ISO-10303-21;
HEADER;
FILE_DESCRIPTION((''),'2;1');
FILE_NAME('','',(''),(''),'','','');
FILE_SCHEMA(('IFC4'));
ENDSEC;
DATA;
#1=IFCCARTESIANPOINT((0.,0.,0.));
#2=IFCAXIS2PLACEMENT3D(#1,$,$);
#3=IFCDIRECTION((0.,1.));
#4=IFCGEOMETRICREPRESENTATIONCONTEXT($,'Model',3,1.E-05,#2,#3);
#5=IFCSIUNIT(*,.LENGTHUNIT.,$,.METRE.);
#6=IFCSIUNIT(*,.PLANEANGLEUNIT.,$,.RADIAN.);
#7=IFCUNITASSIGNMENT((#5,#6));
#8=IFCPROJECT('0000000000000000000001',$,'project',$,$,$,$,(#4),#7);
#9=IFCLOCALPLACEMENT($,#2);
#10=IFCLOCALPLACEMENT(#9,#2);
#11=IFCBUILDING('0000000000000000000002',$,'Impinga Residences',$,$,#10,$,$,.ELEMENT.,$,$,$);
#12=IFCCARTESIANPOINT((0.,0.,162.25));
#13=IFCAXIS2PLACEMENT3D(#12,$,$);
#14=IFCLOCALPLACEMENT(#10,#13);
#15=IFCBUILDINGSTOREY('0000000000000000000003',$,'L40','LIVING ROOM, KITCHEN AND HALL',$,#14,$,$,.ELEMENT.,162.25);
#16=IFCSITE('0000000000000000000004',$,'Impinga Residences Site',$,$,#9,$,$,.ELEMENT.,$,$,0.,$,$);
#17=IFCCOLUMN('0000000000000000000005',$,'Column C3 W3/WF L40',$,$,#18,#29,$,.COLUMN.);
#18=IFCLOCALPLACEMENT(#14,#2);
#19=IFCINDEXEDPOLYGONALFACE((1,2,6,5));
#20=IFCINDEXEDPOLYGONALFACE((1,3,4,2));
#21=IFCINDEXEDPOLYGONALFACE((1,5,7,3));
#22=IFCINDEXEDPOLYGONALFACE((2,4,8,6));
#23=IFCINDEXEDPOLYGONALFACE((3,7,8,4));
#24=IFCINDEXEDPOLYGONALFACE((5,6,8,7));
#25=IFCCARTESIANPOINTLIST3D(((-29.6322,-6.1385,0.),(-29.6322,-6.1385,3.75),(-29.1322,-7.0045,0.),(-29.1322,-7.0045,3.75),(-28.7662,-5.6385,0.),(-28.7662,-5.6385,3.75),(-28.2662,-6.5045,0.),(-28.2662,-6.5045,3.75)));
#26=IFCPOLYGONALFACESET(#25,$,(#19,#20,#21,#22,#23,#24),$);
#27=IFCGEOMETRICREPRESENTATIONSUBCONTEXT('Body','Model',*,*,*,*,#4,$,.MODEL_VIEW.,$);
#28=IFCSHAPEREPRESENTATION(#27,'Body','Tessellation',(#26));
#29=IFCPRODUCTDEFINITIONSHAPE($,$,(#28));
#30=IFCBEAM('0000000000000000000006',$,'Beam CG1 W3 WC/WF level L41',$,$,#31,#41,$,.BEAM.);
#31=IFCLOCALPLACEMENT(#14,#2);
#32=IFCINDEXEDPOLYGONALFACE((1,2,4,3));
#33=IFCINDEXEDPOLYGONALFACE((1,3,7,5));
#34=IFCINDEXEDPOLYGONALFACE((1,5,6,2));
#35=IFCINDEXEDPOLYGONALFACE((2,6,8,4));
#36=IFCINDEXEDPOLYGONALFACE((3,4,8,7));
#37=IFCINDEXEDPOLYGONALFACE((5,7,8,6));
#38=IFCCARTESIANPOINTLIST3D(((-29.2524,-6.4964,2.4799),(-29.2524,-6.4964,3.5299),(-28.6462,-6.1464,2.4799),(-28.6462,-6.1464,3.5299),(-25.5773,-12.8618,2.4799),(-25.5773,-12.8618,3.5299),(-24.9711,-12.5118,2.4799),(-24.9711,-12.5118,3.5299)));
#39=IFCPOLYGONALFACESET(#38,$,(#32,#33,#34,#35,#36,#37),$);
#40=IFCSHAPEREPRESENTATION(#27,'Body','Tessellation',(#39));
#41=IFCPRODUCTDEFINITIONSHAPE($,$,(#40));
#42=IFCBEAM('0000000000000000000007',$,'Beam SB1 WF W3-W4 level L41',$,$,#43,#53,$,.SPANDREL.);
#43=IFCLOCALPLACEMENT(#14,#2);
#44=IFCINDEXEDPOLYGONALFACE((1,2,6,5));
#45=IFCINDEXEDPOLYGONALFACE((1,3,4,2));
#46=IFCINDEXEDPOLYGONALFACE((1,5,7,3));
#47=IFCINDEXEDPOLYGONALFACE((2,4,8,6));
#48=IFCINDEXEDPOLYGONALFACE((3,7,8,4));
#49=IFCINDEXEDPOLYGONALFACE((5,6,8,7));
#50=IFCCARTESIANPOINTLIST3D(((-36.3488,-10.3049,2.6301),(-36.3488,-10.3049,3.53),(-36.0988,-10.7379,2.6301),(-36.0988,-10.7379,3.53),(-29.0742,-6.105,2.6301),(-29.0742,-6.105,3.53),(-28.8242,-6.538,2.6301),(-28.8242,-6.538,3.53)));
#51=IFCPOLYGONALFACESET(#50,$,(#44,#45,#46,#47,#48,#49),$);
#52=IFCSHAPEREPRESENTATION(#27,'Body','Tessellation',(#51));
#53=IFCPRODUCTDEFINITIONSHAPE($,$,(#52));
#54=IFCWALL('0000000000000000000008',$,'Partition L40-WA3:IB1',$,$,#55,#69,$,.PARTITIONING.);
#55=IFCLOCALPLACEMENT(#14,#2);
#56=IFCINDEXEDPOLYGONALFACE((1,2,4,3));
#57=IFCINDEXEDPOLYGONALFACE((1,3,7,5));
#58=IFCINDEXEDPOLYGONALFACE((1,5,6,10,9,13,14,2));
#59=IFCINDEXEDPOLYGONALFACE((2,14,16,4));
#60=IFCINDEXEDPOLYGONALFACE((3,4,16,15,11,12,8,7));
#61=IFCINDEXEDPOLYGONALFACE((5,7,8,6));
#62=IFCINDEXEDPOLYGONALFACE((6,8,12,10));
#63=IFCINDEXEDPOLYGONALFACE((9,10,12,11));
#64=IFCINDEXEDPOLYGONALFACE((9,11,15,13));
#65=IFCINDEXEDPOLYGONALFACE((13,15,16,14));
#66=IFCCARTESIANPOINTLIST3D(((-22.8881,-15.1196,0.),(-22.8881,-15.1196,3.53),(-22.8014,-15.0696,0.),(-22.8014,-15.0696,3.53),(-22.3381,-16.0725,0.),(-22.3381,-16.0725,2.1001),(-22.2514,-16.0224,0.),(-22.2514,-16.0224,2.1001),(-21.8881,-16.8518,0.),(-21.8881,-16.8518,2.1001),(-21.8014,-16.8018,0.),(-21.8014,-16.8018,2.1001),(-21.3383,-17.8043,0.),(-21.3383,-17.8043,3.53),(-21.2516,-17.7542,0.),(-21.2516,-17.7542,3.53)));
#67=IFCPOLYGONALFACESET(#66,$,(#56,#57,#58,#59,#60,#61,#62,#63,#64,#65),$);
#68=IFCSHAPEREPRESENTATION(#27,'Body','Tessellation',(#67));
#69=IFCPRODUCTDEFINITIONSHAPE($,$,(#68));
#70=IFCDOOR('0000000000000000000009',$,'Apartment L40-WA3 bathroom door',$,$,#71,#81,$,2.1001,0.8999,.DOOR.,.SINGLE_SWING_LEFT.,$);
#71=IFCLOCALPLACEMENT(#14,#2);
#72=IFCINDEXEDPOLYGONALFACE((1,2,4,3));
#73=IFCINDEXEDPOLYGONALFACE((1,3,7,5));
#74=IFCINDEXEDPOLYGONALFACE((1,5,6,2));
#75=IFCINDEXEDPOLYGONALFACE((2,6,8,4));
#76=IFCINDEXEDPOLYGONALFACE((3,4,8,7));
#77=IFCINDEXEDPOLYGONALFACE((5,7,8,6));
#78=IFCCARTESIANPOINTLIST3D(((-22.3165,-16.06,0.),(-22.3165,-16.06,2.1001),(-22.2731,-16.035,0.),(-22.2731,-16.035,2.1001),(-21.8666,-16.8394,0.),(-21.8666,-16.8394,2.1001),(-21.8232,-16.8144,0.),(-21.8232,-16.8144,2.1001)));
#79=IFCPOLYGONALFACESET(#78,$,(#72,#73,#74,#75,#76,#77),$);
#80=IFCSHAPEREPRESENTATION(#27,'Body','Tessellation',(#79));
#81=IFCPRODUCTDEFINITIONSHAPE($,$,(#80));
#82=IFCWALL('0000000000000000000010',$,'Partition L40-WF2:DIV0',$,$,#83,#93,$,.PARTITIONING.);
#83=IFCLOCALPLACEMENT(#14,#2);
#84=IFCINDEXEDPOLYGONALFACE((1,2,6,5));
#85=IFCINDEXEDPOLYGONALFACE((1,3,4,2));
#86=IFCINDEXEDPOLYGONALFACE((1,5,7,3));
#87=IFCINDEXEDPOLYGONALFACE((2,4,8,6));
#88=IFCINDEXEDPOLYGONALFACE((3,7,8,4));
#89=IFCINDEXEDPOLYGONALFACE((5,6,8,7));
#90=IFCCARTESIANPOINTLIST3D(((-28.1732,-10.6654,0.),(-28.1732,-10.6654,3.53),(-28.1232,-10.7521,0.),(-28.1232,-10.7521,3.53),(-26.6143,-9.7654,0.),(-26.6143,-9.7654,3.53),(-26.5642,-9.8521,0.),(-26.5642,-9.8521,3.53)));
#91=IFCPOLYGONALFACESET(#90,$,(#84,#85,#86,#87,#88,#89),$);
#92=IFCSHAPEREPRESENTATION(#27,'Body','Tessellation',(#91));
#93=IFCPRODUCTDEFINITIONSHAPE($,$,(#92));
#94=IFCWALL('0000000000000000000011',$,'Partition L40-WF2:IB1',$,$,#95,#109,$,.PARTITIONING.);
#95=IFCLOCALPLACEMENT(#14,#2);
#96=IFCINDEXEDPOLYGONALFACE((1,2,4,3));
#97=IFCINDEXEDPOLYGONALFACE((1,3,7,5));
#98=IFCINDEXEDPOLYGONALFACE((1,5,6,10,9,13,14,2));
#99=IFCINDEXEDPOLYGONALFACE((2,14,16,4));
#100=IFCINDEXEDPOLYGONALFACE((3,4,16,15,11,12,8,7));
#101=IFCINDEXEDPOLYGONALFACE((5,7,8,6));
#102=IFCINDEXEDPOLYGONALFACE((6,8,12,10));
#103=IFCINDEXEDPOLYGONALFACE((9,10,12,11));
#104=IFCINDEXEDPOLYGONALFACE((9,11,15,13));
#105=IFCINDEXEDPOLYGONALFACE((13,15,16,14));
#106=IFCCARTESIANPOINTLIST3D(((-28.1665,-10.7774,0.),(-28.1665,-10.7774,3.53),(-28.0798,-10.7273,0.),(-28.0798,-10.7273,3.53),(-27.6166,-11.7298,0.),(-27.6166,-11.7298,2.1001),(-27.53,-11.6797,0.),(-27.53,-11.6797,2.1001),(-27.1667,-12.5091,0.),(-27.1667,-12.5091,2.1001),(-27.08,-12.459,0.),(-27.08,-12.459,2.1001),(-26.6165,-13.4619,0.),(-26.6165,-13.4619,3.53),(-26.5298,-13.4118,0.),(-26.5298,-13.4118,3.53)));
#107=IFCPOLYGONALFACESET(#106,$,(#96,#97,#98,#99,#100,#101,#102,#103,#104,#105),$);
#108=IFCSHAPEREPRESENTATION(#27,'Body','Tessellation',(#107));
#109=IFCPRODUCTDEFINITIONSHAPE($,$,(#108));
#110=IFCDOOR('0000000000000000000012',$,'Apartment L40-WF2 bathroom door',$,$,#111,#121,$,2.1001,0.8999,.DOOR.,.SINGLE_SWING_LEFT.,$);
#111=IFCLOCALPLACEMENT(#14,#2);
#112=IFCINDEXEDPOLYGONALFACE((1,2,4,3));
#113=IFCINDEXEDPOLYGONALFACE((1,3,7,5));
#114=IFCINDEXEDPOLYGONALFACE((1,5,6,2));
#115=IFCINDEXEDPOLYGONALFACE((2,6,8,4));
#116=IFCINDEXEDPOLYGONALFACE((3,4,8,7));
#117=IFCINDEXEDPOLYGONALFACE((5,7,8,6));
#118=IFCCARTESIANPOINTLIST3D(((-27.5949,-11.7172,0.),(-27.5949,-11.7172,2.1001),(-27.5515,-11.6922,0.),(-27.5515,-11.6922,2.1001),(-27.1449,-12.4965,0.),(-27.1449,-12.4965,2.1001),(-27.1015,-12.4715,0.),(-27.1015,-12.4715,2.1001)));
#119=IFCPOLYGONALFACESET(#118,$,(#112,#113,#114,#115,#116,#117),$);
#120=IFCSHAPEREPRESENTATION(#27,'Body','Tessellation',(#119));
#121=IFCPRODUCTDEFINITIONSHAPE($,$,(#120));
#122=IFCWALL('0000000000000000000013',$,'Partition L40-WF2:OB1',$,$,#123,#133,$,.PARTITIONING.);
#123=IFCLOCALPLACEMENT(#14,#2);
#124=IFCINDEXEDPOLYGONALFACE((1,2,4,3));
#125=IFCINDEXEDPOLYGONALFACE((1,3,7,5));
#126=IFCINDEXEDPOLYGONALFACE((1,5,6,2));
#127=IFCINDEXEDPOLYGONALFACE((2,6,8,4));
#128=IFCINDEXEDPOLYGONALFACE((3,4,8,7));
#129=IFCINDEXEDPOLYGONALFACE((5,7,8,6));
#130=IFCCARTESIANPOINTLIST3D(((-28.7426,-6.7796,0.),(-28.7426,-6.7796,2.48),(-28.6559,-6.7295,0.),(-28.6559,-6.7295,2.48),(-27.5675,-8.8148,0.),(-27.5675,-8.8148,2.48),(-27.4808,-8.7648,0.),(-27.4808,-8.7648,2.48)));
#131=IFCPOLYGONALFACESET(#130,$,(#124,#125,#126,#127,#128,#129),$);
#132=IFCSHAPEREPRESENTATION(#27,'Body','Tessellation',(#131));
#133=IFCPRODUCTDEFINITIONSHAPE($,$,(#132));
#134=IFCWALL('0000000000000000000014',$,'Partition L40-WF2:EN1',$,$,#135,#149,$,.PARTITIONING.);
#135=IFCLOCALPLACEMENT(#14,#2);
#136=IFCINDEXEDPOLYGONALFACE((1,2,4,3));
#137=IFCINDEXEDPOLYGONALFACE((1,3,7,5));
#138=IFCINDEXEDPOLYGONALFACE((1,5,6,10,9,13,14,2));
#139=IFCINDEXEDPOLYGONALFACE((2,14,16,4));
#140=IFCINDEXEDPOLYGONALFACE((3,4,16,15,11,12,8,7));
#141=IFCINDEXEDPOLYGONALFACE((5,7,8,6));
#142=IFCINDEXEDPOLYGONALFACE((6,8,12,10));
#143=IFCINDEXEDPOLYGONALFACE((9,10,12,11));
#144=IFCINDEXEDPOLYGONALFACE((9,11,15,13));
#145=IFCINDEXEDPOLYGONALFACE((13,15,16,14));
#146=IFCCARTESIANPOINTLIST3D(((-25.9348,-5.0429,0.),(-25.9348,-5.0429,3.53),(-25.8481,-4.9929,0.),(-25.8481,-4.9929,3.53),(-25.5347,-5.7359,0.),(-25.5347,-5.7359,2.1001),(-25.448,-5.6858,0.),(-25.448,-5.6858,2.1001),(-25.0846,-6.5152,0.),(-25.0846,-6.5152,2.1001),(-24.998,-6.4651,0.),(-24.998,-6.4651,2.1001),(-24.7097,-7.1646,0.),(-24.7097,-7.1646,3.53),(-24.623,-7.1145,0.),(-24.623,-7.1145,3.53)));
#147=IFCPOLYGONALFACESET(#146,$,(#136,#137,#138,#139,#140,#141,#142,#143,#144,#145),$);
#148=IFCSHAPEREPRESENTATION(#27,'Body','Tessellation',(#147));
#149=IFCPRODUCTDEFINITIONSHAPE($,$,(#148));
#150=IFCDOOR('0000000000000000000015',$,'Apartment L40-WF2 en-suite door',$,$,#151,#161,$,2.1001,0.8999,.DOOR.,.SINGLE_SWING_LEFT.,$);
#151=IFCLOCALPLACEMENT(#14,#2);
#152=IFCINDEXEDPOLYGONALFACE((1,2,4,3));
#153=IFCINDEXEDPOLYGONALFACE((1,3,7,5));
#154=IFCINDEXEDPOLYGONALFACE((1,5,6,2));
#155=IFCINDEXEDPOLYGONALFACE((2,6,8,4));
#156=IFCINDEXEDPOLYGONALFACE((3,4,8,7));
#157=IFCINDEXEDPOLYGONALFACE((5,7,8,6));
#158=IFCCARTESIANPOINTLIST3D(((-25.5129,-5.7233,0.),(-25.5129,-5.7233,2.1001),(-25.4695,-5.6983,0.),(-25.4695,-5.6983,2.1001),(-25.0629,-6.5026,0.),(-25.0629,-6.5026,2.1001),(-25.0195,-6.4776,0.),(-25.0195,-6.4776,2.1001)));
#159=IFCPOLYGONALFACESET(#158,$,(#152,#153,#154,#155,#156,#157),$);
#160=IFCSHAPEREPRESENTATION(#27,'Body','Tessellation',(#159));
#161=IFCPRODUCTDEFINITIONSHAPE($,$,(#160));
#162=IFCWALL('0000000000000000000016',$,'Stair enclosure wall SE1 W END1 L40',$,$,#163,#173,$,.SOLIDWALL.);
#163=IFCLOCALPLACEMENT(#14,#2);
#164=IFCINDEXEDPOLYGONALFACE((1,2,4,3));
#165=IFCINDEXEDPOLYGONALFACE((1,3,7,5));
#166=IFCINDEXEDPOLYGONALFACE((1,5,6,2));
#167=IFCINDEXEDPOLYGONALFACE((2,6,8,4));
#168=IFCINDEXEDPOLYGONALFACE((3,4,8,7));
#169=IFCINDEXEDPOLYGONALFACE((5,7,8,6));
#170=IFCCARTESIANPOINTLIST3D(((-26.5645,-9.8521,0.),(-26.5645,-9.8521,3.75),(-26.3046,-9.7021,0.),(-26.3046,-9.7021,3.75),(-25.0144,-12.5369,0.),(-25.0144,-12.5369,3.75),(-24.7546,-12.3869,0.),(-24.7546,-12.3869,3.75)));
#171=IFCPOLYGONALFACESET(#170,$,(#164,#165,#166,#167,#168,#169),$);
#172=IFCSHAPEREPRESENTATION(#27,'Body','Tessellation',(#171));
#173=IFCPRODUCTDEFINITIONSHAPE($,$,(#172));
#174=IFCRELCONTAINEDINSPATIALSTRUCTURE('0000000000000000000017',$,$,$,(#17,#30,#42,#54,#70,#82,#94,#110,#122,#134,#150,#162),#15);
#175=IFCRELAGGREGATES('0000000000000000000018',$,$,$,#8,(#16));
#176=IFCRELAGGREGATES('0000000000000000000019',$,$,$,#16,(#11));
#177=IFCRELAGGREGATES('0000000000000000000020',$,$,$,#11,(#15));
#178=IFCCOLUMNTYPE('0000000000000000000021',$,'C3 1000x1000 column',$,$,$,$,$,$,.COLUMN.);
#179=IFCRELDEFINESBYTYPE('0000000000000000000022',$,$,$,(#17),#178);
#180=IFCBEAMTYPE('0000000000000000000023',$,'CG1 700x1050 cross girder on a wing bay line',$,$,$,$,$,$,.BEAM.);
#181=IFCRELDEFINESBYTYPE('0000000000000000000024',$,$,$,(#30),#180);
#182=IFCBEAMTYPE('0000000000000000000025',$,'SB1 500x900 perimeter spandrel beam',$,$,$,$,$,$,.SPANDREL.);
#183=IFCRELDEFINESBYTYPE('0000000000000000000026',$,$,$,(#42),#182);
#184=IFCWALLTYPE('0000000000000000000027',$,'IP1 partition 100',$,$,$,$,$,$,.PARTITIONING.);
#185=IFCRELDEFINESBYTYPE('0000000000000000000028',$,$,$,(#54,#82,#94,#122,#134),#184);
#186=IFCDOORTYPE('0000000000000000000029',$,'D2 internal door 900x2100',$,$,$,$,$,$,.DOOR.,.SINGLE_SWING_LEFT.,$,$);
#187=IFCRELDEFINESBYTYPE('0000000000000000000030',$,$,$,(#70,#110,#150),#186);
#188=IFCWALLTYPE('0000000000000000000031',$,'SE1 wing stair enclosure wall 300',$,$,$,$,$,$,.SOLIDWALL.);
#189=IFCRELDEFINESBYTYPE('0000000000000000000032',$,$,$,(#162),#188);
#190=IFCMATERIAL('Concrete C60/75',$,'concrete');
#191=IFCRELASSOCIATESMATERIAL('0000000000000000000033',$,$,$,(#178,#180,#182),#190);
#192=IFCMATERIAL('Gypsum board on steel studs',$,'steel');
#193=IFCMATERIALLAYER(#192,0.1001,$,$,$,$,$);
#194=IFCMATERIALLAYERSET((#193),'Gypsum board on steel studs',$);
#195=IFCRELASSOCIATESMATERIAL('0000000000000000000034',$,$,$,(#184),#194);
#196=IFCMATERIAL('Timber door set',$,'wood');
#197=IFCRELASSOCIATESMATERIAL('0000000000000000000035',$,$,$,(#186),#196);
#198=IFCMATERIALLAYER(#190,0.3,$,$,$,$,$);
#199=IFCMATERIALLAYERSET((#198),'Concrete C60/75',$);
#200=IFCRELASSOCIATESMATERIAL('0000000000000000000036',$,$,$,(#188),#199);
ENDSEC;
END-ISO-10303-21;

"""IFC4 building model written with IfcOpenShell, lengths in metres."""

from ifc_helpers import new_model, si_unit, direction, frame, frame_2d, origin, origin_2d, place, context, subcontext, project, spatial, rectangle, extrude, material, layer, layer_set, material_profile, profile_set, type_object, element, fill, save


model = new_model("IFC4")

# Units and contexts
model_context = context("Model", 3, precision=1e-05, world=origin(), true_north=direction((0.0, 1.0)))
body_context = subcontext(model_context, "Body", "Model", "MODEL_VIEW")
ifc_project = project(units=[si_unit("LENGTHUNIT", "METRE"), si_unit("PLANEANGLEUNIT", "RADIAN")], contexts=[model_context])

# Site, building, storey
site_placement = place(None, origin())
site = spatial("IfcSite", under=ifc_project, at=site_placement, Name="Impinga Residences Site", CompositionType="ELEMENT", RefElevation=0.0)
building_placement = place(site_placement, origin())
building = spatial("IfcBuilding", under=site, at=building_placement, Name="Impinga Residences", CompositionType="ELEMENT")
storey_placement = place(building_placement, frame((0.0, 0.0, 162.25)))
storey = spatial("IfcBuildingStorey", under=building, at=storey_placement, Name="L40", Description="LIVING ROOM, KITCHEN AND HALL", CompositionType="ELEMENT", Elevation=162.25)

# Column
ifc_material_1 = material(Name="Concrete C60/75", Category="concrete")
ifc_material_profile_1 = material_profile(ifc_material_1, rectangle(XDim=1.0, YDim=1.0, at=origin_2d()), Name="RC 1000x1000")
ifc_profile_set_1 = profile_set([ifc_material_profile_1], Name="Concrete C60/75")
column_type = type_object("IfcColumnType", Name="C3 1000x1000 column", PredefinedType="COLUMN", material=ifc_profile_set_1)
column_placement = place(storey_placement, frame((-28.9492, -6.3215, 0.0), z_axis=(0.0, 0.0, 1.0), x_axis=(-0.5, 0.866025, 0.0)))
element("IfcColumn", 1, at=column_placement, inside=storey, type_object=column_type, Name="Column C3 W3/WF L40", PredefinedType="COLUMN", context=body_context, shape_type="SweptSolid", body=[
    extrude(rectangle(XDim=1.0, YDim=1.0, at=origin_2d()), origin(), (0.0, 0.0, 1.0), 3.75),
])

# Beams
ifc_material_profile_2 = material_profile(ifc_material_1, rectangle(XDim=0.7, YDim=1.05, at=origin_2d()), Name="RC 700x1050")
ifc_profile_set_2 = profile_set([ifc_material_profile_2], Name="Concrete C60/75")
beam_type_1 = type_object("IfcBeamType", Name="CG1 700x1050 cross girder on a wing bay line", PredefinedType="BEAM", material=ifc_profile_set_2)
beam_1_placement = place(storey_placement, frame((-25.2742, -12.6868, 3.0049), z_axis=(-0.500008, 0.866021, 0.0), x_axis=(-0.866021, -0.500008, 0.0)))
element("IfcBeam", 2, at=beam_1_placement, inside=storey, type_object=beam_type_1, Name="Beam CG1 W3 WC/WF level L41", PredefinedType="BEAM", context=body_context, shape_type="SweptSolid", body=[
    extrude(rectangle(XDim=0.7, YDim=1.05, at=origin_2d()), origin(), (0.0, 0.0, 1.0), 7.3501),
])
ifc_material_profile_3 = material_profile(ifc_material_1, rectangle(XDim=0.5, YDim=0.8999, at=origin_2d()), Name="RC 500x900")
ifc_profile_set_3 = profile_set([ifc_material_profile_3], Name="Concrete C60/75")
beam_type_2 = type_object("IfcBeamType", Name="SB1 500x900 perimeter spandrel beam", PredefinedType="SPANDREL", material=ifc_profile_set_3)
beam_2_placement = place(storey_placement, frame((-28.9492, -6.3215, 3.0801), z_axis=(-0.866029, -0.499993, 0.0), x_axis=(0.499993, -0.866029, 0.0)))
element("IfcBeam", 3, at=beam_2_placement, inside=storey, type_object=beam_type_2, Name="Beam SB1 WF W3-W4 level L41", PredefinedType="SPANDREL", context=body_context, shape_type="SweptSolid", body=[
    extrude(rectangle(XDim=0.5, YDim=0.8999, at=origin_2d()), origin(), (0.0, 0.0, 1.0), 8.3999),
])

# Wall, opening, door
ifc_material_2 = material(Name="Gypsum board on steel studs", Category="steel")
ifc_layer_1 = layer(ifc_material_2, 0.1001)
ifc_layer_set_1 = layer_set([ifc_layer_1], Name="Gypsum board on steel studs")
wall_type_1 = type_object("IfcWallType", Name="IP1 partition 100", PredefinedType="PARTITIONING", material=ifc_layer_set_1)
wall_1_placement = place(storey_placement, frame((-22.8447, -15.0947, 0.0), z_axis=(0.0, 0.0, 1.0), x_axis=(0.499968, -0.866044, 0.0)))
wall_1 = element("IfcWall", 4, at=wall_1_placement, inside=storey, type_object=wall_type_1, Name="Partition L40-WA3:IB1", PredefinedType="PARTITIONING", context=body_context, shape_type="SweptSolid", body=[
    extrude(rectangle(XDim=3.0999, YDim=0.1001, at=frame_2d((1.5498, 0.0))), origin(), (0.0, 0.0, 1.0), 3.53),
])
opening_1_placement = place(wall_1_placement, frame((1.1001, 0.0, 0.0)))
opening_1 = element("IfcOpeningElement", 5, at=opening_1_placement, cuts=wall_1, PredefinedType="OPENING", context=body_context, shape_type="SweptSolid", body=[
    extrude(rectangle(XDim=0.8999, YDim=2.1001, at=frame_2d((0.45, 1.05))), frame((0.0, 0.0601, 0.0), z_axis=(0.0, -1.0, 0.0), x_axis=(1.0, 0.0, 0.0)), (0.0, 0.0, 1.0), 0.1201),
])
ifc_material_3 = material(Name="Timber door set", Category="wood")
door_type = type_object("IfcDoorType", Name="D2 internal door 900x2100", OperationType="SINGLE_SWING_LEFT", PredefinedType="DOOR", material=ifc_material_3)
door_1_placement = place(opening_1_placement, origin())
door_1 = element("IfcDoor", 6, at=door_1_placement, inside=storey, type_object=door_type, Name="Apartment L40-WA3 bathroom door", OperationType="SINGLE_SWING_LEFT", OverallHeight=2.1001, OverallWidth=0.8999, PredefinedType="DOOR", context=body_context, shape_type="SweptSolid", body=[
    extrude(rectangle(XDim=0.8999, YDim=2.1001, at=frame_2d((0.45, 1.05))), frame((0.0, 0.0249, 0.0), z_axis=(0.0, -1.0, 0.0), x_axis=(1.0, 0.0, 0.0)), (0.0, 0.0, 1.0), 0.05),
])
fill(opening_1, door_1)

# Wall
wall_2_placement = place(storey_placement, frame((-26.5894, -9.8088, 0.0), z_axis=(0.0, 0.0, 1.0), x_axis=(-0.866048, -0.499961, 0.0)))
element("IfcWall", 7, at=wall_2_placement, inside=storey, type_object=wall_type_1, Name="Partition L40-WF2:DIV0", PredefinedType="PARTITIONING", context=body_context, shape_type="SweptSolid", body=[
    extrude(rectangle(XDim=1.8, YDim=0.1001, at=frame_2d((0.8999, 0.0))), origin(), (0.0, 0.0, 1.0), 3.53),
])

# Wall, opening, door
wall_3_placement = place(storey_placement, frame((-26.5732, -13.4368, 0.0), z_axis=(0.0, 0.0, 1.0), x_axis=(-0.500027, 0.86601, 0.0)))
wall_3 = element("IfcWall", 8, at=wall_3_placement, inside=storey, type_object=wall_type_1, Name="Partition L40-WF2:IB1", PredefinedType="PARTITIONING", context=body_context, shape_type="SweptSolid", body=[
    extrude(rectangle(XDim=3.0999, YDim=0.1001, at=frame_2d((1.5498, 0.0))), origin(), (0.0, 0.0, 1.0), 3.53),
])
opening_2_placement = place(wall_3_placement, frame((1.1001, 0.0, 0.0)))
opening_2 = element("IfcOpeningElement", 9, at=opening_2_placement, cuts=wall_3, PredefinedType="OPENING", context=body_context, shape_type="SweptSolid", body=[
    extrude(rectangle(XDim=0.8999, YDim=2.1001, at=frame_2d((0.45, 1.05))), frame((0.0, 0.0601, 0.0), z_axis=(0.0, -1.0, 0.0), x_axis=(1.0, 0.0, 0.0)), (0.0, 0.0, 1.0), 0.1201),
])
door_2_placement = place(opening_2_placement, origin())
door_2 = element("IfcDoor", 10, at=door_2_placement, inside=storey, type_object=door_type, Name="Apartment L40-WF2 bathroom door", OperationType="SINGLE_SWING_LEFT", OverallHeight=2.1001, OverallWidth=0.8999, PredefinedType="DOOR", context=body_context, shape_type="SweptSolid", body=[
    extrude(rectangle(XDim=0.8999, YDim=2.1001, at=frame_2d((0.45, 1.05))), frame((0.0, 0.0249, 0.0), z_axis=(0.0, -1.0, 0.0), x_axis=(1.0, 0.0, 0.0)), (0.0, 0.0, 1.0), 0.05),
])
fill(opening_2, door_2)

# Wall
wall_4_placement = place(storey_placement, frame((-27.5242, -8.7898, 0.0), z_axis=(0.0, 0.0, 1.0), x_axis=(-0.500016, 0.866016, 0.0)))
element("IfcWall", 11, at=wall_4_placement, inside=storey, type_object=wall_type_1, Name="Partition L40-WF2:OB1", PredefinedType="PARTITIONING", context=body_context, shape_type="SweptSolid", body=[
    extrude(rectangle(XDim=2.3501, YDim=0.1001, at=frame_2d((1.175, 0.0))), origin(), (0.0, 0.0, 1.0), 2.48),
])

# Wall, opening, door
wall_5_placement = place(storey_placement, frame((-24.6663, -7.1396, 0.0), z_axis=(0.0, 0.0, 1.0), x_axis=(-0.500062, 0.86599, 0.0)))
wall_5 = element("IfcWall", 12, at=wall_5_placement, inside=storey, type_object=wall_type_1, Name="Partition L40-WF2:EN1", PredefinedType="PARTITIONING", context=body_context, shape_type="SweptSolid", body=[
    extrude(rectangle(XDim=2.45, YDim=0.1001, at=frame_2d((1.2251, 0.0))), origin(), (0.0, 0.0, 1.0), 3.53),
])
opening_3_placement = place(wall_5_placement, frame((0.75, 0.0, 0.0)))
opening_3 = element("IfcOpeningElement", 13, at=opening_3_placement, cuts=wall_5, PredefinedType="OPENING", context=body_context, shape_type="SweptSolid", body=[
    extrude(rectangle(XDim=0.8999, YDim=2.1001, at=frame_2d((0.45, 1.05))), frame((0.0, 0.0601, 0.0), z_axis=(0.0, -1.0, 0.0), x_axis=(1.0, 0.0, 0.0)), (0.0, 0.0, 1.0), 0.1201),
])
door_3_placement = place(opening_3_placement, origin())
door_3 = element("IfcDoor", 14, at=door_3_placement, inside=storey, type_object=door_type, Name="Apartment L40-WF2 en-suite door", OperationType="SINGLE_SWING_LEFT", OverallHeight=2.1001, OverallWidth=0.8999, PredefinedType="DOOR", context=body_context, shape_type="SweptSolid", body=[
    extrude(rectangle(XDim=0.8999, YDim=2.1001, at=frame_2d((0.45, 1.05))), frame((0.0, 0.0249, 0.0), z_axis=(0.0, -1.0, 0.0), x_axis=(1.0, 0.0, 0.0)), (0.0, 0.0, 1.0), 0.05),
])
fill(opening_3, door_3)

# Wall
ifc_layer_2 = layer(ifc_material_1, 0.3)
ifc_layer_set_2 = layer_set([ifc_layer_2], Name="Concrete C60/75")
wall_type_2 = type_object("IfcWallType", Name="SE1 wing stair enclosure wall 300", PredefinedType="SOLIDWALL", material=ifc_layer_set_2)
wall_6_placement = place(storey_placement, frame((-24.8845, -12.4619, 0.0), z_axis=(0.0, 0.0, 1.0), x_axis=(-0.499993, 0.86603, 0.0)))
element("IfcWall", 15, at=wall_6_placement, inside=storey, type_object=wall_type_2, Name="Stair enclosure wall SE1 W END1 L40", PredefinedType="SOLIDWALL", context=body_context, shape_type="SweptSolid", body=[
    extrude(rectangle(XDim=3.1001, YDim=0.3, at=frame_2d((1.55, 0.0))), origin(), (0.0, 0.0, 1.0), 3.75),
])

save(model, "model.ifc")
